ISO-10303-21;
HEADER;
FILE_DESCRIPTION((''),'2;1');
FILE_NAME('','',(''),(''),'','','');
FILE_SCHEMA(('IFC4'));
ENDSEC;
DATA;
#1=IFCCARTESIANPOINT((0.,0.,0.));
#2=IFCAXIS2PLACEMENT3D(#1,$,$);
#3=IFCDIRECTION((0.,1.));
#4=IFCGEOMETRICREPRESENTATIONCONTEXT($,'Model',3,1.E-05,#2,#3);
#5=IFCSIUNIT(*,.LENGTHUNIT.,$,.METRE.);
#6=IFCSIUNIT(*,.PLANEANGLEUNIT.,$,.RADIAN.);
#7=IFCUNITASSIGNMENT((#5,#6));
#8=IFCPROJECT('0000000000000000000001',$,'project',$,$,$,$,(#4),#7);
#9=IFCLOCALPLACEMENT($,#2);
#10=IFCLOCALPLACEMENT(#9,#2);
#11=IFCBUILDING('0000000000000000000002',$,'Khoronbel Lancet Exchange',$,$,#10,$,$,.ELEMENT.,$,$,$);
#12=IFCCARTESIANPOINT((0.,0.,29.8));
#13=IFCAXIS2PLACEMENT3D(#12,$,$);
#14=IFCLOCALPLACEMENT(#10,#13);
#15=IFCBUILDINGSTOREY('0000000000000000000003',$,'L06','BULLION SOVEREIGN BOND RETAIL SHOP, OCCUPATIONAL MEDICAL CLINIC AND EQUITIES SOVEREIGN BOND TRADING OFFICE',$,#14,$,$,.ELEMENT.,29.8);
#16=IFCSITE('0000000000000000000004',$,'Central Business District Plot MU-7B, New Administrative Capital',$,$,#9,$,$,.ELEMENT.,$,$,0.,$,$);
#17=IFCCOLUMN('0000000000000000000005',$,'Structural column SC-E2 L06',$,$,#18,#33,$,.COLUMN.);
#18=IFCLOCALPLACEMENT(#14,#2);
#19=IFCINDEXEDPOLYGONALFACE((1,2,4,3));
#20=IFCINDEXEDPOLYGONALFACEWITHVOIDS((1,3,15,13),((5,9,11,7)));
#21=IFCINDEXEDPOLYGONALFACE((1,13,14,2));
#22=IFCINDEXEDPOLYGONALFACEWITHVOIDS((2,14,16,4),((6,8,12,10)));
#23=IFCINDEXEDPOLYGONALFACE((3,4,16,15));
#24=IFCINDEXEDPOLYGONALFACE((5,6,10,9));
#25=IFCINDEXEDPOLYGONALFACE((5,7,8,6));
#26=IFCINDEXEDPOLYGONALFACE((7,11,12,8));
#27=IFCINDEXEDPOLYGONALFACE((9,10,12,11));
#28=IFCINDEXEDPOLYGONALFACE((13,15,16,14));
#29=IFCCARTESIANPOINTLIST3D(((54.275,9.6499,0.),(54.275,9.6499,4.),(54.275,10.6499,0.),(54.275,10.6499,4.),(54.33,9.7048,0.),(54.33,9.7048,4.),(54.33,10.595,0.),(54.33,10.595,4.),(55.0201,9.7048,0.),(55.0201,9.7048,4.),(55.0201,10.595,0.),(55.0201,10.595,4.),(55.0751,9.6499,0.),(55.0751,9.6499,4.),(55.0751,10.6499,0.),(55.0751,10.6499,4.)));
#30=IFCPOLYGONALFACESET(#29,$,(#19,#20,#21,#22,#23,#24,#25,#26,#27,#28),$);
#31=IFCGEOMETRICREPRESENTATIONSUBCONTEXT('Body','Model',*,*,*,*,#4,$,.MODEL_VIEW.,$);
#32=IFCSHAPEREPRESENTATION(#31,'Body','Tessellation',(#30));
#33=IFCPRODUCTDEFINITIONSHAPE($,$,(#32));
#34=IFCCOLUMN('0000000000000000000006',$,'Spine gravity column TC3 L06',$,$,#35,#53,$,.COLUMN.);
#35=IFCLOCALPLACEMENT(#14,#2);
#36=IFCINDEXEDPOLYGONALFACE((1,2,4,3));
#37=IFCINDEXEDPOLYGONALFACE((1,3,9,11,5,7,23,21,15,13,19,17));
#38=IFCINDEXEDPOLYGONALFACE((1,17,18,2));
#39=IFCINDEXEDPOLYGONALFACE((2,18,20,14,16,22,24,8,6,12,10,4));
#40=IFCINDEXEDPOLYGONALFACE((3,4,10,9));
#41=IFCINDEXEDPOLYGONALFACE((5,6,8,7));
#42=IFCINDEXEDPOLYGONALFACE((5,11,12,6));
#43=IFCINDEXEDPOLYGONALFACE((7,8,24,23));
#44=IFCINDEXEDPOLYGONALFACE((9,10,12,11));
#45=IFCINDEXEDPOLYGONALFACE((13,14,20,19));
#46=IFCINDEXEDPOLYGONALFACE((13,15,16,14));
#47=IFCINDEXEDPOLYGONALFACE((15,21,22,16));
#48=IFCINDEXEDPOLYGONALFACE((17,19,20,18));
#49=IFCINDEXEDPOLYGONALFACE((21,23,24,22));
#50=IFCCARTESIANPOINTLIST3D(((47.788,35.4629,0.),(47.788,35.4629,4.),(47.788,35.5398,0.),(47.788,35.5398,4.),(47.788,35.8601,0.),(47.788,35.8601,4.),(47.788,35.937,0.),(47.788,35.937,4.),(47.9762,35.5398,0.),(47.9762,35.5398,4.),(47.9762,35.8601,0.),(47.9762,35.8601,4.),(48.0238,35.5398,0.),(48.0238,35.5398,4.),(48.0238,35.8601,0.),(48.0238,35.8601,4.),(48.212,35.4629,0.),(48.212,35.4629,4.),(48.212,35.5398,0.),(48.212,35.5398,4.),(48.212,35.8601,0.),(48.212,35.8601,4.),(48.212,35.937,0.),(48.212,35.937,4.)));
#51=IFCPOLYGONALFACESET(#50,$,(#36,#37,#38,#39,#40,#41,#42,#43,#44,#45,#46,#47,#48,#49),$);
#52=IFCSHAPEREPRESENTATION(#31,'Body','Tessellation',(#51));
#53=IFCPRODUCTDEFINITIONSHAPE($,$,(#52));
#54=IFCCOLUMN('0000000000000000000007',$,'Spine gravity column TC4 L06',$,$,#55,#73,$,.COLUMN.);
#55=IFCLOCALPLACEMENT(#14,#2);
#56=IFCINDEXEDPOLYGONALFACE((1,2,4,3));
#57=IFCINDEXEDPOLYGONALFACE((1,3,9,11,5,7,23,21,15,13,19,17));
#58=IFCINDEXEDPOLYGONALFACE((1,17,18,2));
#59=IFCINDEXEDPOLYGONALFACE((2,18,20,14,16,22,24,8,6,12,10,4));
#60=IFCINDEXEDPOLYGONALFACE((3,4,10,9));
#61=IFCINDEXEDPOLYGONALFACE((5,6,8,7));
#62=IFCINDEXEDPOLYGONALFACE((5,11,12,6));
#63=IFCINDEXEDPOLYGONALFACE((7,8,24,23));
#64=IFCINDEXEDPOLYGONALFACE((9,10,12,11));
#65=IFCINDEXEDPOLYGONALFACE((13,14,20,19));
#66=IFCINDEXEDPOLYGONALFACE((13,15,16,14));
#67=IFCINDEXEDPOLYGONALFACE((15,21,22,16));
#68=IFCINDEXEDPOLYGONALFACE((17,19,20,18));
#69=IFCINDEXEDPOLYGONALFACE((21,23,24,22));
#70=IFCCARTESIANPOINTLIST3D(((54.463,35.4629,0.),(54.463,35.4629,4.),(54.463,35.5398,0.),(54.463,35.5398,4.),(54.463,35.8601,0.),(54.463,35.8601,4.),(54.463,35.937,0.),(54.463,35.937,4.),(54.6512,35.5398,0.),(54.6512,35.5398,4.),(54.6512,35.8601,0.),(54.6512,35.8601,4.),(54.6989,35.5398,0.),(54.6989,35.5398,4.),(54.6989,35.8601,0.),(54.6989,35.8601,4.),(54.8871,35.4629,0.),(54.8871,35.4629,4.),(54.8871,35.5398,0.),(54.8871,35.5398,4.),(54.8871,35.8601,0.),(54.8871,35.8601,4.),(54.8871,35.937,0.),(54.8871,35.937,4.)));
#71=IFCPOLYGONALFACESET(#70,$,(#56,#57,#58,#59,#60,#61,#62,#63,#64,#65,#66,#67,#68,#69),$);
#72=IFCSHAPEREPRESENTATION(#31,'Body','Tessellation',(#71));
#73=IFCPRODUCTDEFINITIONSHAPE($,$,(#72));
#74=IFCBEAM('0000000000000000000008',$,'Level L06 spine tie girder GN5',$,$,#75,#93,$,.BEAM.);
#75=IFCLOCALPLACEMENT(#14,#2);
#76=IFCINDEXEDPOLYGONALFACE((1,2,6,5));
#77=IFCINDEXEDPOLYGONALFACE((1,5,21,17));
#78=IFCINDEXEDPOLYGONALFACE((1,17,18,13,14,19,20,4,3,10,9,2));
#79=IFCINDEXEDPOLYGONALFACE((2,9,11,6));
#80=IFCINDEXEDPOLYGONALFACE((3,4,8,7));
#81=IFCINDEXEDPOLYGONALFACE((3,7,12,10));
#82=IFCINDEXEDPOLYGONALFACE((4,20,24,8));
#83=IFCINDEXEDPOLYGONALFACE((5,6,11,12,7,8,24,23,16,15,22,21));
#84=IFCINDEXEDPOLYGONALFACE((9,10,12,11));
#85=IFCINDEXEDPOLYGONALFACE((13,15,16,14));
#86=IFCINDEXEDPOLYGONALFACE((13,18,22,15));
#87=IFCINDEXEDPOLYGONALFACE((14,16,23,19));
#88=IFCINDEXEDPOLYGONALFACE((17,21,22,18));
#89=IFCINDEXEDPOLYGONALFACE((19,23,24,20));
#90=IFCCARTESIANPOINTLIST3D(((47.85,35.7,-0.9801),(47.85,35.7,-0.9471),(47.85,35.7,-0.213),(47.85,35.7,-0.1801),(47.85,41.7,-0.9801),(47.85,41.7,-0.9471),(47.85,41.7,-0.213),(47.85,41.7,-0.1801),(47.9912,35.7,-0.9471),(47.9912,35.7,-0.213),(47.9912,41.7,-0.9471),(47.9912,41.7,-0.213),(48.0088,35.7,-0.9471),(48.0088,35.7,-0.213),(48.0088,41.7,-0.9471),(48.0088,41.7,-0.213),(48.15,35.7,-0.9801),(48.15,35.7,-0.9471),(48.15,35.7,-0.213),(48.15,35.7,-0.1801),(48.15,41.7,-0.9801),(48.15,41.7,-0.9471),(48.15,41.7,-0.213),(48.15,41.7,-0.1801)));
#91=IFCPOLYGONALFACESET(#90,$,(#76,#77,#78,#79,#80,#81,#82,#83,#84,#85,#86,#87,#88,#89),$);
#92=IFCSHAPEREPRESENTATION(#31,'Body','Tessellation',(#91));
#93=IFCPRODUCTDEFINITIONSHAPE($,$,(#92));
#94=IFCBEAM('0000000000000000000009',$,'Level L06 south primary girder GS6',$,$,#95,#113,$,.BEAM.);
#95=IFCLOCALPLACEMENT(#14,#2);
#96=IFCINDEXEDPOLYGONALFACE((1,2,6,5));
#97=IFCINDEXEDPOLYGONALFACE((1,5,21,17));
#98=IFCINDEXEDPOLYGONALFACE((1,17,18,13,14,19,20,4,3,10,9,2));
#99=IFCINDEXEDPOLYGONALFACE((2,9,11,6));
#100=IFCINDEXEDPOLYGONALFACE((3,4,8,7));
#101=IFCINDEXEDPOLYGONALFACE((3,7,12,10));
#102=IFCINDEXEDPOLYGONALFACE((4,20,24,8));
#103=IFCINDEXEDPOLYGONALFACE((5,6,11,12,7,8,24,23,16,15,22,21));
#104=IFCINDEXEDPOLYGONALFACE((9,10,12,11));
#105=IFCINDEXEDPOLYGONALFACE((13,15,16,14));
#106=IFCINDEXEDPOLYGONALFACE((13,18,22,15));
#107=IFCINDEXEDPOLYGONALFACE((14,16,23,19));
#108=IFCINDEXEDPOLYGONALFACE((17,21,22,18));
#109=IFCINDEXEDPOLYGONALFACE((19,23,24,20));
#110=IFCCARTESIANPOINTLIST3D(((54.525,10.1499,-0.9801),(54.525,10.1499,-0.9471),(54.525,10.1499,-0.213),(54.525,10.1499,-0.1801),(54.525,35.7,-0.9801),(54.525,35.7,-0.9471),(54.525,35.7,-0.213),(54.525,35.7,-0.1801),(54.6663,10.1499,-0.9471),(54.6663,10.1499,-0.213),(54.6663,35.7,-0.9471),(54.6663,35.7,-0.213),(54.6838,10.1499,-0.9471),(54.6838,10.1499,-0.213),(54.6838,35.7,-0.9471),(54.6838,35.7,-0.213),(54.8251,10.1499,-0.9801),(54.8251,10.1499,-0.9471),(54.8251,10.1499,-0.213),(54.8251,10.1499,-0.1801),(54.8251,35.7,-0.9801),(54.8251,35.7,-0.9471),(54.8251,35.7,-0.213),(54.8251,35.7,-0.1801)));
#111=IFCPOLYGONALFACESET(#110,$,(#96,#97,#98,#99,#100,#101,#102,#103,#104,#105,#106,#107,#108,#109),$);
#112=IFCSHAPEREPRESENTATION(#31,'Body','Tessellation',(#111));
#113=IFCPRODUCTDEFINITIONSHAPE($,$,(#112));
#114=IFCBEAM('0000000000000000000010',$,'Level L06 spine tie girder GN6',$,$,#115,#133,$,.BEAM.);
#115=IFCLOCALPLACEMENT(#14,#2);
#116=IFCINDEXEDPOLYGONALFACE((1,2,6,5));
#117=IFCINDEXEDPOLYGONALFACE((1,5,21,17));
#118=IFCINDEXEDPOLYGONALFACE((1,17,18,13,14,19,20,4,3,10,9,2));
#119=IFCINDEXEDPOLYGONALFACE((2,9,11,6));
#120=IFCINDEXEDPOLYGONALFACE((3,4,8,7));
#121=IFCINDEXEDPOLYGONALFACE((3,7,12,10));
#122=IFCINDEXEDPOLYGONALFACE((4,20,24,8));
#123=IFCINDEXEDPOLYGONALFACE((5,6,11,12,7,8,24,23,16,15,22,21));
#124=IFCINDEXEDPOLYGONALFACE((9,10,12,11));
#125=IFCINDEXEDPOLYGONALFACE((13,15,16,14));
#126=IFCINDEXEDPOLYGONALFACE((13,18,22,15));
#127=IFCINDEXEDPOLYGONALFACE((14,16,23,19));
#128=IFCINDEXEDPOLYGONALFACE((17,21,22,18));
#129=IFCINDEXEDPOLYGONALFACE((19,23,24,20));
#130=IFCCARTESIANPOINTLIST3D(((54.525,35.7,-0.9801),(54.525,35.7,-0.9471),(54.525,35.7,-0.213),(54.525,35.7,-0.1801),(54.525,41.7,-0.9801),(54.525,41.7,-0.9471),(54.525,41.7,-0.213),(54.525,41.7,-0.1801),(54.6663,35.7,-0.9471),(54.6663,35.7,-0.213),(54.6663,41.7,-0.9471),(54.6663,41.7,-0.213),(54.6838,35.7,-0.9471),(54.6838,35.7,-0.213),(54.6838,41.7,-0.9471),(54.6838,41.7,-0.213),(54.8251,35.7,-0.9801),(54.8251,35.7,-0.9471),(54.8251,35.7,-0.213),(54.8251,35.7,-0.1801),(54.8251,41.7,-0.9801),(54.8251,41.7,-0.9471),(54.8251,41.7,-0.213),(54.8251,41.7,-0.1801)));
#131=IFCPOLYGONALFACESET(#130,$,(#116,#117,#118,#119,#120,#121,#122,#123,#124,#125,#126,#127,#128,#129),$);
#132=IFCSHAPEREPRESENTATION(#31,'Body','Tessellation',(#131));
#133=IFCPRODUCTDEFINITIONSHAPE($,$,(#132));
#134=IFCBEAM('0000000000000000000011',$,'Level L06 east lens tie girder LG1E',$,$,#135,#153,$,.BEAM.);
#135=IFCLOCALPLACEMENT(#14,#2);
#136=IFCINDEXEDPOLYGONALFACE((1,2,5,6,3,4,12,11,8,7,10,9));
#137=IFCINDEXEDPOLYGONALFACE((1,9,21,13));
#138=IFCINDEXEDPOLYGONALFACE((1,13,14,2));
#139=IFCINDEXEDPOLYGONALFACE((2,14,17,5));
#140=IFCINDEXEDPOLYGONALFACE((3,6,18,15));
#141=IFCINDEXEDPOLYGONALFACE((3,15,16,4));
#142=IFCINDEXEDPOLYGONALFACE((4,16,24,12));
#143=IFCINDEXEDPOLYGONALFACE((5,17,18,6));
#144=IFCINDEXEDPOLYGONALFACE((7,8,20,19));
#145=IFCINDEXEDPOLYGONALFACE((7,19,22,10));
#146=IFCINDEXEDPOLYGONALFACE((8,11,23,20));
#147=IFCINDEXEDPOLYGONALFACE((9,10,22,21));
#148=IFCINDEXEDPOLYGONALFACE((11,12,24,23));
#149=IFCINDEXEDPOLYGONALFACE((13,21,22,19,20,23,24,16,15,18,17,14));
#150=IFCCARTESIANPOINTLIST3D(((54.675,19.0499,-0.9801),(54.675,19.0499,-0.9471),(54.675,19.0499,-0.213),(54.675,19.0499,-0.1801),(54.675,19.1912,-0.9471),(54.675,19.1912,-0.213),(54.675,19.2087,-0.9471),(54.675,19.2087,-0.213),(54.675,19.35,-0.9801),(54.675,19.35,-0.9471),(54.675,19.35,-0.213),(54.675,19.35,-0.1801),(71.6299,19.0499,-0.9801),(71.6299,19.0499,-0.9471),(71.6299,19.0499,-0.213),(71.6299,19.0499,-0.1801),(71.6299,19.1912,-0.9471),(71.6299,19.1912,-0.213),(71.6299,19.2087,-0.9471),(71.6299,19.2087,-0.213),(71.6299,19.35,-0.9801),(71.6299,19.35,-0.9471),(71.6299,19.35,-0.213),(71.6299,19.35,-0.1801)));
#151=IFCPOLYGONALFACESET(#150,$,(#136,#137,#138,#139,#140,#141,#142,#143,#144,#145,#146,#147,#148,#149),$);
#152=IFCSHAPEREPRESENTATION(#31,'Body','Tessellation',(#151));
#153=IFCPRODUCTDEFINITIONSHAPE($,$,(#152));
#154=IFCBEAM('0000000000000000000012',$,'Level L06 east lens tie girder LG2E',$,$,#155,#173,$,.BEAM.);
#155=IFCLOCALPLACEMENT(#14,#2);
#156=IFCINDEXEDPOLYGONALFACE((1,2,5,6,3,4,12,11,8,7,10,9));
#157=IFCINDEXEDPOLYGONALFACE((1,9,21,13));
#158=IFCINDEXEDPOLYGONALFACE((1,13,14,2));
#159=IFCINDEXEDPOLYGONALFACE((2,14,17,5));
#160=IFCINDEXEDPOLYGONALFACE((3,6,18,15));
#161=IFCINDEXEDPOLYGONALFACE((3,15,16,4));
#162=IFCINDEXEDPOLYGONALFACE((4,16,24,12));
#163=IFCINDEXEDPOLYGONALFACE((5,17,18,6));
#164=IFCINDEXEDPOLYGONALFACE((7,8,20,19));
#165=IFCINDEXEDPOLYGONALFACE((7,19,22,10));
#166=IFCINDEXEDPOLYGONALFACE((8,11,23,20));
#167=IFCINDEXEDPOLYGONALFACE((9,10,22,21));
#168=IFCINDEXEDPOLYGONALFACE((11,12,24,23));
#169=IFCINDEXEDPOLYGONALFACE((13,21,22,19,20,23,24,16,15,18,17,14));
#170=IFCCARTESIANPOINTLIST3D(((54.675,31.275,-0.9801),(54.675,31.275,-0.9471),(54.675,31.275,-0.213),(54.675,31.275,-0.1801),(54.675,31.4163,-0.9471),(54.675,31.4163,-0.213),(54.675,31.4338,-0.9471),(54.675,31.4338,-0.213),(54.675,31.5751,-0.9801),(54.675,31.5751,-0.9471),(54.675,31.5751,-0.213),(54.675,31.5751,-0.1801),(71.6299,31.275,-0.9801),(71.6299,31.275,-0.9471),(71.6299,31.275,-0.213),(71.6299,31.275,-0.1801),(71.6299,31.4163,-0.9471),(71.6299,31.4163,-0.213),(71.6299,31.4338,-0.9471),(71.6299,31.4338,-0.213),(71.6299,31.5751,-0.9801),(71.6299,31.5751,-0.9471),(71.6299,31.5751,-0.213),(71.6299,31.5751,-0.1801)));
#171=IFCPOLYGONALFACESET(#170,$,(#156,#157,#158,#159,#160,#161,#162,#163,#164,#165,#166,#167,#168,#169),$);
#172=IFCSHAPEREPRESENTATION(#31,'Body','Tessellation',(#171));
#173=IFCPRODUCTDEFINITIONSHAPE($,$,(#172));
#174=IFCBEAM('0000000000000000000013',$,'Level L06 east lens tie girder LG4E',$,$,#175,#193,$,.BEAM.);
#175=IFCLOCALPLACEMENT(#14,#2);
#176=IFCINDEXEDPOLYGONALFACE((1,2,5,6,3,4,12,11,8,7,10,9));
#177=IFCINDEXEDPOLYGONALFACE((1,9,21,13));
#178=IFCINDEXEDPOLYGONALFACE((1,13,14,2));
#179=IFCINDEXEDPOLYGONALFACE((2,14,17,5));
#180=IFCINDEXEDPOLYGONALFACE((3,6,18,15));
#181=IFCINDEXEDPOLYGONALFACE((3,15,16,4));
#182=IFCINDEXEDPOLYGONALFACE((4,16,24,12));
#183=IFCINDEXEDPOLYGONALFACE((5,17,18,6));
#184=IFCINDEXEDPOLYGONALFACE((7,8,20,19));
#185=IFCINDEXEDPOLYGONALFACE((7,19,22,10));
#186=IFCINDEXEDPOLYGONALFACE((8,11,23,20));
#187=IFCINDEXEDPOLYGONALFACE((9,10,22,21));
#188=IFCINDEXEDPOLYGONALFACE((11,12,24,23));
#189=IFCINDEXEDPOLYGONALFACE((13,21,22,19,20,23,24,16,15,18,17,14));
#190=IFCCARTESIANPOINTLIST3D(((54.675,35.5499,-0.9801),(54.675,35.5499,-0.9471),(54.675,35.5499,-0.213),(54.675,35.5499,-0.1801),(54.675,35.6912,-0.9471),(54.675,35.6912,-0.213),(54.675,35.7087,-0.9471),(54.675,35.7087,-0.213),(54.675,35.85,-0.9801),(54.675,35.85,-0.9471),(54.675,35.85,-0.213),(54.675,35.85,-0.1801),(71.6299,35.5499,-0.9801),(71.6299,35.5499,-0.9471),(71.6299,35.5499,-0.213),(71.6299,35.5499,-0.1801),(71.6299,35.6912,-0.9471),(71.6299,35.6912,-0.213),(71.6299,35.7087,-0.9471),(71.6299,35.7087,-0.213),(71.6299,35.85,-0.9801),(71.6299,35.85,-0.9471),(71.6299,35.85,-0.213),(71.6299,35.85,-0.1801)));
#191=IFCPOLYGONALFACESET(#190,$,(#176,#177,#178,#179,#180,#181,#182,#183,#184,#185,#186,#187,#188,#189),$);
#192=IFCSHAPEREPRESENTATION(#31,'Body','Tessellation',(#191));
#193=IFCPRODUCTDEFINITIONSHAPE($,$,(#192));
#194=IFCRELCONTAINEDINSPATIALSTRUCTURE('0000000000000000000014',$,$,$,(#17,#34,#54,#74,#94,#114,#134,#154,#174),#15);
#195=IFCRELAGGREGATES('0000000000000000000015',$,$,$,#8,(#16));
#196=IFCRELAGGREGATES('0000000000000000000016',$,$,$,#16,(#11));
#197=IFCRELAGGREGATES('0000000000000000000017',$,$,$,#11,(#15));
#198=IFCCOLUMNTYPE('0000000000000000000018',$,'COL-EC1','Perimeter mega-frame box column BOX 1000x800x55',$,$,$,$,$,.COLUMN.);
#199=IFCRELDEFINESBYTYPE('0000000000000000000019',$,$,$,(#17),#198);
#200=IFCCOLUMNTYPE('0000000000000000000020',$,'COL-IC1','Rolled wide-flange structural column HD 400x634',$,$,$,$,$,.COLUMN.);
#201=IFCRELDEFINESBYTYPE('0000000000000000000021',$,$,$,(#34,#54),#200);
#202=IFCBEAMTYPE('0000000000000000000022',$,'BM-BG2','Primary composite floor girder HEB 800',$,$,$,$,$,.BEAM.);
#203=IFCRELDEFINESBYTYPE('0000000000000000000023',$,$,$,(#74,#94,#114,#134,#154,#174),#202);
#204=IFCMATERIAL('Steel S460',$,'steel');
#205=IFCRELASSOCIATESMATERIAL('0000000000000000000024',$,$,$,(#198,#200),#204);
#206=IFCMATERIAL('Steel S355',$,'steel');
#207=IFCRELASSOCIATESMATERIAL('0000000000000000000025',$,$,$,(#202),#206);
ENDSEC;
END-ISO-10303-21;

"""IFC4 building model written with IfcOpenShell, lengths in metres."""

from ifc_helpers import new_model, si_unit, direction, frame, origin, origin_2d, place, context, subcontext, project, spatial, hollow_rectangle, i_section, extrude, material, material_profile, profile_set, type_object, element, save


model = new_model("IFC4")

# Units and contexts
model_context = context("Model", 3, precision=1e-05, world=origin(), true_north=direction((0.0, 1.0)))
body_context = subcontext(model_context, "Body", "Model", "MODEL_VIEW")
ifc_project = project(units=[si_unit("LENGTHUNIT", "METRE"), si_unit("PLANEANGLEUNIT", "RADIAN")], contexts=[model_context])

# Site, building, storey
site_placement = place(None, origin())
site = spatial("IfcSite", under=ifc_project, at=site_placement, Name="Central Business District Plot MU-7B, New Administrative Capital", CompositionType="ELEMENT", RefElevation=0.0)
building_placement = place(site_placement, origin())
building = spatial("IfcBuilding", under=site, at=building_placement, Name="Khoronbel Lancet Exchange", CompositionType="ELEMENT")
storey_placement = place(building_placement, frame((0.0, 0.0, 29.8)))
storey = spatial("IfcBuildingStorey", under=building, at=storey_placement, Name="L06", Description="BULLION SOVEREIGN BOND RETAIL SHOP, OCCUPATIONAL MEDICAL CLINIC AND EQUITIES SOVEREIGN BOND TRADING OFFICE", CompositionType="ELEMENT", Elevation=29.8)

# Columns
ifc_material_1 = material(Name="Steel S460", Category="steel")
ifc_material_profile_1 = material_profile(ifc_material_1, hollow_rectangle(XDim=0.8, YDim=1.0, WallThickness=0.0549, at=origin_2d()), Name="BOX 1000x800x55")
ifc_profile_set_1 = profile_set([ifc_material_profile_1], Name="Steel S460")
column_type_1 = type_object("IfcColumnType", Name="COL-EC1", Description="Perimeter mega-frame box column BOX 1000x800x55", PredefinedType="COLUMN", material=ifc_profile_set_1)
column_placement = place(storey_placement, frame((54.675, 10.1499, 0.0), z_axis=(0.0, 0.0, 1.0), x_axis=(1.0, 0.0, 0.0)))
element("IfcColumn", 1, at=column_placement, inside=storey, type_object=column_type_1, Name="Structural column SC-E2 L06", PredefinedType="COLUMN", context=body_context, shape_type="SweptSolid", body=[
    extrude(hollow_rectangle(XDim=0.8, YDim=1.0, WallThickness=0.0549, at=origin_2d()), origin(), (0.0, 0.0, 1.0), 4.0),
])
ifc_material_profile_2 = material_profile(ifc_material_1, i_section(OverallWidth=0.4241, OverallDepth=0.4741, WebThickness=0.0476, FlangeThickness=0.0769, at=origin_2d()), Name="HD 400x634")
ifc_profile_set_2 = profile_set([ifc_material_profile_2], Name="Steel S460")
column_type_2 = type_object("IfcColumnType", Name="COL-IC1", Description="Rolled wide-flange structural column HD 400x634", PredefinedType="COLUMN", material=ifc_profile_set_2)
for number, where, z_axis, x_axis, name in (
    (2, (48.0, 35.7, 0.0), (0.0, 0.0, 1.0), (1.0, 0.0, 0.0), "Spine gravity column TC3 L06"),
    (3, (54.675, 35.7, 0.0), (0.0, 0.0, 1.0), (1.0, 0.0, 0.0), "Spine gravity column TC4 L06"),
):
    element("IfcColumn", number, at=place(storey_placement, frame(where, z_axis=z_axis, x_axis=x_axis)), inside=storey, type_object=column_type_2, Name=name, PredefinedType="COLUMN", context=body_context, shape_type="SweptSolid", body=[
        extrude(i_section(OverallWidth=0.4241, OverallDepth=0.4741, WebThickness=0.0476, FlangeThickness=0.0769, at=origin_2d()), origin(), (0.0, 0.0, 1.0), 4.0),
    ])

# Beams
ifc_material_2 = material(Name="Steel S355", Category="steel")
ifc_material_profile_3 = material_profile(ifc_material_2, i_section(OverallWidth=0.3, OverallDepth=0.8, WebThickness=0.0176, FlangeThickness=0.033, at=origin_2d()), Name="HEB 800")
ifc_profile_set_3 = profile_set([ifc_material_profile_3], Name="Steel S355")
beam_type_1 = type_object("IfcBeamType", Name="BM-BG2", Description="Primary composite floor girder HEB 800", PredefinedType="BEAM", material=ifc_profile_set_3)
beam_1_placement = place(storey_placement, frame((48.0, 35.7, -0.5801), z_axis=(0.0, 1.0, 0.0), x_axis=(-1.0, 0.0, 0.0)))
element("IfcBeam", 4, at=beam_1_placement, inside=storey, type_object=beam_type_1, Name="Level L06 spine tie girder GN5", PredefinedType="BEAM", context=body_context, shape_type="SweptSolid", body=[
    extrude(i_section(OverallWidth=0.3, OverallDepth=0.8, WebThickness=0.0176, FlangeThickness=0.033, at=origin_2d()), origin(), (0.0, 0.0, 1.0), 6.0),
])
beam_2_placement = place(storey_placement, frame((54.675, 10.1499, -0.5801), z_axis=(0.0, 1.0, 0.0), x_axis=(-1.0, 0.0, 0.0)))
element("IfcBeam", 5, at=beam_2_placement, inside=storey, type_object=beam_type_1, Name="Level L06 south primary girder GS6", PredefinedType="BEAM", context=body_context, shape_type="SweptSolid", body=[
    extrude(i_section(OverallWidth=0.3, OverallDepth=0.8, WebThickness=0.0176, FlangeThickness=0.033, at=origin_2d()), origin(), (0.0, 0.0, 1.0), 25.55),
])
beam_3_placement = place(storey_placement, frame((54.675, 35.7, -0.5801), z_axis=(0.0, 1.0, 0.0), x_axis=(-1.0, 0.0, 0.0)))
element("IfcBeam", 6, at=beam_3_placement, inside=storey, type_object=beam_type_1, Name="Level L06 spine tie girder GN6", PredefinedType="BEAM", context=body_context, shape_type="SweptSolid", body=[
    extrude(i_section(OverallWidth=0.3, OverallDepth=0.8, WebThickness=0.0176, FlangeThickness=0.033, at=origin_2d()), origin(), (0.0, 0.0, 1.0), 6.0),
])
for number, where, z_axis, x_axis, name in (
    (7, (54.675, 19.2, -0.5801), (1.0, 0.0, 0.0), (0.0, 1.0, 0.0), "Level L06 east lens tie girder LG1E"),
    (8, (54.675, 31.425, -0.5801), (1.0, 0.0, 0.0), (0.0, 1.0, 0.0), "Level L06 east lens tie girder LG2E"),
    (9, (54.675, 35.7, -0.5801), (1.0, 0.0, 0.0), (0.0, 1.0, 0.0), "Level L06 east lens tie girder LG4E"),
):
    element("IfcBeam", number, at=place(storey_placement, frame(where, z_axis=z_axis, x_axis=x_axis)), inside=storey, type_object=beam_type_1, Name=name, PredefinedType="BEAM", context=body_context, shape_type="SweptSolid", body=[
        extrude(i_section(OverallWidth=0.3, OverallDepth=0.8, WebThickness=0.0176, FlangeThickness=0.033, at=origin_2d()), origin(), (0.0, 0.0, 1.0), 16.9548),
    ])

save(model, "model.ifc")
